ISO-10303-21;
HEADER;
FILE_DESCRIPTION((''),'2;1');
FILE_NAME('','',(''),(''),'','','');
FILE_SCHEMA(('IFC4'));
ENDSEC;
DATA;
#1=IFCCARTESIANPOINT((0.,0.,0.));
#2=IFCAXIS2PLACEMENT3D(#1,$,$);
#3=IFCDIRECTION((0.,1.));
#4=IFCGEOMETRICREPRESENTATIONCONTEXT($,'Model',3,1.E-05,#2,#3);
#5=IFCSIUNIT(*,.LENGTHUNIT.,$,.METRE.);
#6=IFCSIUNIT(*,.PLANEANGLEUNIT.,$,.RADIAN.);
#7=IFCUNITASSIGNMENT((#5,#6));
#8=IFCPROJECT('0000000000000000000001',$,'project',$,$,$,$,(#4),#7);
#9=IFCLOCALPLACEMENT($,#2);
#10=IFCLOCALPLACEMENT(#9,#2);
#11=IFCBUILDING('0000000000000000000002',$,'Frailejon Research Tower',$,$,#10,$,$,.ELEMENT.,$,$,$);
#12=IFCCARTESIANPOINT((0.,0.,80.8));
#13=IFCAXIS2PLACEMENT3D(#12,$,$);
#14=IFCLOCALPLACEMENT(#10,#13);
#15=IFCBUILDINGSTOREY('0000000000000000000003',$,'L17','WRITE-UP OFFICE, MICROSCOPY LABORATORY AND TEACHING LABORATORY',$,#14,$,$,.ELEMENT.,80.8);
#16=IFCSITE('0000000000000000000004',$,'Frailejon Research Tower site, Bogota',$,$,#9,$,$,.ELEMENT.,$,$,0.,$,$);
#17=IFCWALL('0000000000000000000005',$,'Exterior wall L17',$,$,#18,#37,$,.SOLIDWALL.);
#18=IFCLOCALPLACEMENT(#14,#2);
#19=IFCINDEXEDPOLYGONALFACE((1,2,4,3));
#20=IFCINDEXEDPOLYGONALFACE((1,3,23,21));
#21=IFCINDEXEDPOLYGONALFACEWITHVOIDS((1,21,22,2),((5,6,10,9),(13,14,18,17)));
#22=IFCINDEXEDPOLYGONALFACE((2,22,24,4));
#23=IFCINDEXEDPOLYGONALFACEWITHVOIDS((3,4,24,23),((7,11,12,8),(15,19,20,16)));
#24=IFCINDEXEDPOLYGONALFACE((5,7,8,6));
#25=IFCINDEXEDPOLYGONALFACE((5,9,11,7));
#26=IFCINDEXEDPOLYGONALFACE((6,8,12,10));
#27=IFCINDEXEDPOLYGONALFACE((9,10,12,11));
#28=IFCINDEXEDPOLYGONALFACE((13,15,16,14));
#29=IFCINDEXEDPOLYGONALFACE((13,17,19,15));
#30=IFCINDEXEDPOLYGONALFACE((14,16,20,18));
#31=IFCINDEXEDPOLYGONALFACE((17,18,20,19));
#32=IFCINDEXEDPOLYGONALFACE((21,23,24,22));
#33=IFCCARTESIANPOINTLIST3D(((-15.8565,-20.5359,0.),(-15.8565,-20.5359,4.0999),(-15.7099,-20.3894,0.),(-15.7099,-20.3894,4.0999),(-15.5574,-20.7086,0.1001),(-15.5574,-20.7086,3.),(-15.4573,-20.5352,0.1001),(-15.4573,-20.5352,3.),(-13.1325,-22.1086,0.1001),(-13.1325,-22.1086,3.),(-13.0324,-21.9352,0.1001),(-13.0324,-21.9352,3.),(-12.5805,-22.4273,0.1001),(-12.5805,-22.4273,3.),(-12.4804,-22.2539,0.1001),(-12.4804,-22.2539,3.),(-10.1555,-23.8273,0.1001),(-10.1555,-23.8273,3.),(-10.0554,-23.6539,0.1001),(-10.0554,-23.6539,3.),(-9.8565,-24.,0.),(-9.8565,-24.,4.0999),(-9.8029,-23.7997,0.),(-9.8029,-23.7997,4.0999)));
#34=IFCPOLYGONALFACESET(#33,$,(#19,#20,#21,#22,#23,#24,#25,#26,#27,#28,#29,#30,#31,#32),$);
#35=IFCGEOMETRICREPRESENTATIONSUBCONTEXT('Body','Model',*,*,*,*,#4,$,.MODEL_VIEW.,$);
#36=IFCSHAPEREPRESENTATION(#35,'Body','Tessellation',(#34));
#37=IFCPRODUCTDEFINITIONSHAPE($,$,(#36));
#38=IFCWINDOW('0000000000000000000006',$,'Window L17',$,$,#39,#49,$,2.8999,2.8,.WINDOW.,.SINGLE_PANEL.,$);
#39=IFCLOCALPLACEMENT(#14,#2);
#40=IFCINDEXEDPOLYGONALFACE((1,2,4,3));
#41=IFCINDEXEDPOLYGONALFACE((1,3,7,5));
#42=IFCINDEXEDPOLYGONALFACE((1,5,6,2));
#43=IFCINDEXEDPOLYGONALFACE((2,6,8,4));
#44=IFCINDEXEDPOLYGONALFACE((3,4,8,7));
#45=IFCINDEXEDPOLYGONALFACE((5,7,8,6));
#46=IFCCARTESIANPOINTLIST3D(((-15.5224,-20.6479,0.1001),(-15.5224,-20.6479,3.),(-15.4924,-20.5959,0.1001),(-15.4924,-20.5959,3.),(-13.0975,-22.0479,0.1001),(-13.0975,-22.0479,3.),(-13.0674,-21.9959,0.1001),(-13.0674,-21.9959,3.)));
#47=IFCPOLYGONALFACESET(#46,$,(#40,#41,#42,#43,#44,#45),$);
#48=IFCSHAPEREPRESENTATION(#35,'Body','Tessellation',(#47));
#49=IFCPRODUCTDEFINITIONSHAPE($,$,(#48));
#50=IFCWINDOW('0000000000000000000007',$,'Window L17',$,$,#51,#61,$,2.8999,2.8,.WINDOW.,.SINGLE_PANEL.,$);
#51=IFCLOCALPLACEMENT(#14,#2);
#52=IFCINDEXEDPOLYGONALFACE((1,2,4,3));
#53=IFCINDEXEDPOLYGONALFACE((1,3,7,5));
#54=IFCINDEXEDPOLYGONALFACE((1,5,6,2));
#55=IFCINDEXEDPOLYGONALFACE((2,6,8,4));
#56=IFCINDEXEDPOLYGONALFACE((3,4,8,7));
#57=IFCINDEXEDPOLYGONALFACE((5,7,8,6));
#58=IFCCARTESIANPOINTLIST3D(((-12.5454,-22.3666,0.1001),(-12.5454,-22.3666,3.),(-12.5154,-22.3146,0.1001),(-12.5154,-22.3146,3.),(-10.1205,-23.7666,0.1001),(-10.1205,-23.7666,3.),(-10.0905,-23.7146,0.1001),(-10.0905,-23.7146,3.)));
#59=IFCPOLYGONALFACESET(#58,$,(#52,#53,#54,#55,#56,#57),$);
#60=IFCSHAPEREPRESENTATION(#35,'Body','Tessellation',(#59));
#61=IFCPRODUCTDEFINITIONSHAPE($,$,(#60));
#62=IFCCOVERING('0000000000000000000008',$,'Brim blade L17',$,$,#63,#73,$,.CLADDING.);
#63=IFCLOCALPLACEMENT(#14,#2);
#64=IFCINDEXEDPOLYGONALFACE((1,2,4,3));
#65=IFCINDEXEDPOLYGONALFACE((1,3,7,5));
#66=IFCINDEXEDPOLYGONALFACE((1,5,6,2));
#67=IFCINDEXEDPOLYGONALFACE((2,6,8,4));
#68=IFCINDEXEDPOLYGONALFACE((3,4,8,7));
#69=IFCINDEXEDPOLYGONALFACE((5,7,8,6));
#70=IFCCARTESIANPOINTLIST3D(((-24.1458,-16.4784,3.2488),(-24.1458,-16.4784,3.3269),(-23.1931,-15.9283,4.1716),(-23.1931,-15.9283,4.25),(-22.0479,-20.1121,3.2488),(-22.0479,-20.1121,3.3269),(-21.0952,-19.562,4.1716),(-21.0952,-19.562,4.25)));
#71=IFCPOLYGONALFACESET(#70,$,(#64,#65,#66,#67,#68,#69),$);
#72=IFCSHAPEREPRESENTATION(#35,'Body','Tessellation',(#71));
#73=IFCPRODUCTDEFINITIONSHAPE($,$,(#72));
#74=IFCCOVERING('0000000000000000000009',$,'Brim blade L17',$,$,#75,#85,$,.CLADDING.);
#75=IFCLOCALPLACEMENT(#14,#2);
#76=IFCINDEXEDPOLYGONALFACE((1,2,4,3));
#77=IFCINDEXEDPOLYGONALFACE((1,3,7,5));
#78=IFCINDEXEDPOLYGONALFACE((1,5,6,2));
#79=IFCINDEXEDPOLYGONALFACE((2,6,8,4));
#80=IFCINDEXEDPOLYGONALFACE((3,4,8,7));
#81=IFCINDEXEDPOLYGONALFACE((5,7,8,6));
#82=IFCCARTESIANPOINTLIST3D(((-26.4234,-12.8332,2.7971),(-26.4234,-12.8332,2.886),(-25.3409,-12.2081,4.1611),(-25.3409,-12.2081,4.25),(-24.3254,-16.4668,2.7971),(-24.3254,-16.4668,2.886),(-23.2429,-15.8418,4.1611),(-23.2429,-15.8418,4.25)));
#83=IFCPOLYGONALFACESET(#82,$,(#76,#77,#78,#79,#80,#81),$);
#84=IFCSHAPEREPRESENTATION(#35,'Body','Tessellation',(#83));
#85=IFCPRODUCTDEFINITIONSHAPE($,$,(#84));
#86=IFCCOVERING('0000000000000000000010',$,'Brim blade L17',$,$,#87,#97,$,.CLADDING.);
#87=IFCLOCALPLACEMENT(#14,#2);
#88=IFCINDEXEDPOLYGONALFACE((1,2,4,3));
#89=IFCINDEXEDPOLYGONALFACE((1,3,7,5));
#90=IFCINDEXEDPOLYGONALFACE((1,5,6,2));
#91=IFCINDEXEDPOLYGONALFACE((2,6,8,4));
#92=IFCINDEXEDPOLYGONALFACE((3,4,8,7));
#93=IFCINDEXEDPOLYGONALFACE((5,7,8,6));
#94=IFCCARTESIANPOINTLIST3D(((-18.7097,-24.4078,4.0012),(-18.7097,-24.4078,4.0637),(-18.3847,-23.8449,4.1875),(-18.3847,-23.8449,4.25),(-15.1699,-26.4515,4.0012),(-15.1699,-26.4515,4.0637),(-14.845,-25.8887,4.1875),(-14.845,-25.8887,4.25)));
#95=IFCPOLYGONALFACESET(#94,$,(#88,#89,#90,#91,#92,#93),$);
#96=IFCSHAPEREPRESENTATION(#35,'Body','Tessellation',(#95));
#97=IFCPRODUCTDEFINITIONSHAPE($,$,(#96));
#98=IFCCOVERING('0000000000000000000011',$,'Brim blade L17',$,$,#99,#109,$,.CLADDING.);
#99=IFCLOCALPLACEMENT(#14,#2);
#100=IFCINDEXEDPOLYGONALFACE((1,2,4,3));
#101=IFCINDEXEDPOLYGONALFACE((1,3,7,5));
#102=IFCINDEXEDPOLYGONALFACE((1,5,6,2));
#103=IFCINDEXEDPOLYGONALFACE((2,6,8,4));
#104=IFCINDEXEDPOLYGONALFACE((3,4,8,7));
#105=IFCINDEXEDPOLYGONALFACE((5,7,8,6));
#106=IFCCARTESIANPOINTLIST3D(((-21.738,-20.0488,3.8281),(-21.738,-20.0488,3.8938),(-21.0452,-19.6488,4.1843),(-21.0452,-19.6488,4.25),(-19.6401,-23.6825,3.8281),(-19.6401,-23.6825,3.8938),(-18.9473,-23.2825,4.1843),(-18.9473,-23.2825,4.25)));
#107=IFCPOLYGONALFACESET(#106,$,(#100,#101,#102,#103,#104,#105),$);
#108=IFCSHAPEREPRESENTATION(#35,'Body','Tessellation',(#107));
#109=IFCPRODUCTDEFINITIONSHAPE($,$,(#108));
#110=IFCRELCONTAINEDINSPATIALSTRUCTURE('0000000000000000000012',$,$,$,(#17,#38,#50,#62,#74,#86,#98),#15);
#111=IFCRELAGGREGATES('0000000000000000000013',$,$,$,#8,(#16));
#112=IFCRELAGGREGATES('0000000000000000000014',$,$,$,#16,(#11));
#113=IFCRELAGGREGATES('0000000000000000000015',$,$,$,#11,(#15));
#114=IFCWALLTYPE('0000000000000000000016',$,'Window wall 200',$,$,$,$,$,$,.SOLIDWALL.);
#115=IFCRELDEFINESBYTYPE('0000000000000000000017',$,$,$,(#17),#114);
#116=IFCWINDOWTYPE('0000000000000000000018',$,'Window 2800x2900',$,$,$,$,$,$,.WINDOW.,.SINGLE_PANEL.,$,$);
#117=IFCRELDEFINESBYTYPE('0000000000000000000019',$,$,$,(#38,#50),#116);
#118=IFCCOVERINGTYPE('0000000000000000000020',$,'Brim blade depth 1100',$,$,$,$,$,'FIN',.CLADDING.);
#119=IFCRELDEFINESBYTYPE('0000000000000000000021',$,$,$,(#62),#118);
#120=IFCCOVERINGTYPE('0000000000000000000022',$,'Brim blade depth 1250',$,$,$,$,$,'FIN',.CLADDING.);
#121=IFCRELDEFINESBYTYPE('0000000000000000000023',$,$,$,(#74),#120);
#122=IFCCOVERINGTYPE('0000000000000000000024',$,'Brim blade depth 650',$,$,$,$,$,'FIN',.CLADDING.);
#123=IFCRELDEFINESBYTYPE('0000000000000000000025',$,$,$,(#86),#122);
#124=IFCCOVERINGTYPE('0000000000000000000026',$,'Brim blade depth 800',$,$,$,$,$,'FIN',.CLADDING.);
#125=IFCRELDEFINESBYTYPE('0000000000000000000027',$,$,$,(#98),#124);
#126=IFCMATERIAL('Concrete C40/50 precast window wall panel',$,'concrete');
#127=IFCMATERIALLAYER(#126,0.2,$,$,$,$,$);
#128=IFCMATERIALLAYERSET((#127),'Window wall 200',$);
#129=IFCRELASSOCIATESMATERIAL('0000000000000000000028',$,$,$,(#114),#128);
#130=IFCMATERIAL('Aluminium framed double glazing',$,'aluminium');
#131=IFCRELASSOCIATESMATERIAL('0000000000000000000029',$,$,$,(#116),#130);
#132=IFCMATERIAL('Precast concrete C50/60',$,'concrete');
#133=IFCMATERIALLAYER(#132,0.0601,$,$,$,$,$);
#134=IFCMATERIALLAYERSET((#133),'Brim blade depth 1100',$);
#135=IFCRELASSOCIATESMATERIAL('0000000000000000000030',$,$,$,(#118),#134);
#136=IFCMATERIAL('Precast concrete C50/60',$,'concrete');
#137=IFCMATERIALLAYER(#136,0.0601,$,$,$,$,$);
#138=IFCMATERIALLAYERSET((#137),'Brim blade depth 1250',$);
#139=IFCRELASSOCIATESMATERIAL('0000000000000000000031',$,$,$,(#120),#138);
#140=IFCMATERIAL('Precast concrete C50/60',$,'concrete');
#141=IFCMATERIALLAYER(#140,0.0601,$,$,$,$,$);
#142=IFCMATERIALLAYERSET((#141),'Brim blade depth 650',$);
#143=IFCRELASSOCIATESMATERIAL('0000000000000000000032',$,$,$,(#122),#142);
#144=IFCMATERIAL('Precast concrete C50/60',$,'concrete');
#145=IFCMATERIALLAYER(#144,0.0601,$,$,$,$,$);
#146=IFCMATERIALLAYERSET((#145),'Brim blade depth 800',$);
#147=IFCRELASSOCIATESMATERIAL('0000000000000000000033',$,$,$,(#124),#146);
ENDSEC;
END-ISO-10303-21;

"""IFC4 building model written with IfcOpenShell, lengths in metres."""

from ifc_helpers import new_model, si_unit, direction, frame, frame_2d, origin, place, context, subcontext, project, spatial, polyline, rectangle, outline, extrude, material, layer, layer_set, type_object, element, fill, save


model = new_model("IFC4")

# Units and contexts
model_context = context("Model", 3, precision=1e-05, world=origin(), true_north=direction((0.0, 1.0)))
body_context = subcontext(model_context, "Body", "Model", "MODEL_VIEW")
ifc_project = project(units=[si_unit("LENGTHUNIT", "METRE"), si_unit("PLANEANGLEUNIT", "RADIAN")], contexts=[model_context])

# Site, building, storey
site_placement = place(None, origin())
site = spatial("IfcSite", under=ifc_project, at=site_placement, Name="Frailejon Research Tower site, Bogota", CompositionType="ELEMENT", RefElevation=0.0)
building_placement = place(site_placement, origin())
building = spatial("IfcBuilding", under=site, at=building_placement, Name="Frailejon Research Tower", CompositionType="ELEMENT")
storey_placement = place(building_placement, frame((0.0, 0.0, 80.8)))
storey = spatial("IfcBuildingStorey", under=building, at=storey_placement, Name="L17", Description="WRITE-UP OFFICE, MICROSCOPY LABORATORY AND TEACHING LABORATORY", CompositionType="ELEMENT", Elevation=80.8)

# Wall, openings, windows
ifc_material_1 = material(Name="Concrete C40/50 precast window wall panel", Category="concrete")
ifc_layer_1 = layer(ifc_material_1, 0.2)
ifc_layer_set_1 = layer_set([ifc_layer_1], Name="Window wall 200")
wall_type_1 = type_object("IfcWallType", Name="Window wall 200", PredefinedType="SOLIDWALL", material=ifc_layer_set_1)
wall_1_placement = place(storey_placement, frame((-15.7832, -20.4626, 0.0), z_axis=(0.0, 0.0, 1.0), x_axis=(0.866029, -0.499993, 0.0)))
wall_1 = element("IfcWall", 1, at=wall_1_placement, inside=storey, type_object=wall_type_1, Name="Exterior wall L17", PredefinedType="SOLIDWALL", context=body_context, shape_type="SweptSolid", body=[
    extrude(outline(polyline([(-0.0269, -0.1001), (1.1279, -0.1001), (2.2825, -0.1001), (3.4373, -0.1001), (4.592, -0.1001), (5.7466, -0.1001), (6.9014, -0.1001), (6.8477, 0.1001), (5.7109, 0.1001), (4.574, 0.1001), (3.4373, 0.1001), (2.3005, 0.1001), (1.1636, 0.1001), (0.0269, 0.1001), (-0.0269, -0.1001)])), origin(), (0.0, 0.0, 1.0), 4.0999),
])
opening_1_placement = place(wall_1_placement, frame((0.3186, 0.0, 0.1001)))
opening_1 = element("IfcOpeningElement", 2, at=opening_1_placement, cuts=wall_1, PredefinedType="OPENING", context=body_context, shape_type="SweptSolid", body=[
    extrude(rectangle(XDim=2.8, YDim=2.8999, at=frame_2d((1.3999, 1.45))), frame((0.0, 0.1099, 0.0), z_axis=(0.0, -1.0, 0.0), x_axis=(1.0, 0.0, 0.0)), (0.0, 0.0, 1.0), 0.22),
])
opening_2_placement = place(wall_1_placement, frame((3.7561, 0.0, 0.1001)))
opening_2 = element("IfcOpeningElement", 3, at=opening_2_placement, cuts=wall_1, PredefinedType="OPENING", context=body_context, shape_type="SweptSolid", body=[
    extrude(rectangle(XDim=2.8, YDim=2.8999, at=frame_2d((1.3999, 1.45))), frame((0.0, 0.1099, 0.0), z_axis=(0.0, -1.0, 0.0), x_axis=(1.0, 0.0, 0.0)), (0.0, 0.0, 1.0), 0.22),
])
ifc_material_2 = material(Name="Aluminium framed double glazing", Category="aluminium")
window_type = type_object("IfcWindowType", Name="Window 2800x2900", PartitioningType="SINGLE_PANEL", PredefinedType="WINDOW", material=ifc_material_2)
window_1_placement = place(opening_1_placement, origin())
window_1 = element("IfcWindow", 4, at=window_1_placement, inside=storey, type_object=window_type, Name="Window L17", OverallHeight=2.8999, OverallWidth=2.8, PartitioningType="SINGLE_PANEL", PredefinedType="WINDOW", context=body_context, shape_type="SweptSolid", body=[
    extrude(rectangle(XDim=2.8, YDim=2.8999, at=frame_2d((1.3999, 1.45))), frame((0.0, 0.03, 0.0), z_axis=(0.0, -1.0, 0.0), x_axis=(1.0, 0.0, 0.0)), (0.0, 0.0, 1.0), 0.0601),
])
fill(opening_1, window_1)
window_2_placement = place(opening_2_placement, origin())
window_2 = element("IfcWindow", 5, at=window_2_placement, inside=storey, type_object=window_type, Name="Window L17", OverallHeight=2.8999, OverallWidth=2.8, PartitioningType="SINGLE_PANEL", PredefinedType="WINDOW", context=body_context, shape_type="SweptSolid", body=[
    extrude(rectangle(XDim=2.8, YDim=2.8999, at=frame_2d((1.3999, 1.45))), frame((0.0, 0.03, 0.0), z_axis=(0.0, -1.0, 0.0), x_axis=(1.0, 0.0, 0.0)), (0.0, 0.0, 1.0), 0.0601),
])
fill(opening_2, window_2)

# Coverings
ifc_material_3 = material(Name="Precast concrete C50/60", Category="concrete")
ifc_layer_2 = layer(ifc_material_3, 0.0601)
ifc_layer_set_2 = layer_set([ifc_layer_2], Name="Brim blade depth 1100")
covering_type_1 = type_object("IfcCoveringType", Name="Brim blade depth 1100", ElementType="FIN", PredefinedType="CLADDING", material=ifc_layer_set_2)
covering_1_placement = place(storey_placement, frame((-21.0952, -19.562, 4.25), z_axis=(-0.499997, 0.866027, 0.0), x_axis=(-0.866027, -0.499997, 0.0)))
element("IfcCovering", 6, at=covering_1_placement, inside=storey, type_object=covering_type_1, Name="Brim blade L17", PredefinedType="CLADDING", context=body_context, shape_type="SweptSolid", body=[
    extrude(outline(polyline([(0.0, -0.0784), (1.1001, -1.0012), (1.1001, -0.9231), (0.0, 0.0), (0.0, -0.0784)])), origin(), (0.0, 0.0, 1.0), 4.1958),
])
ifc_material_4 = material(Name="Precast concrete C50/60", Category="concrete")
ifc_layer_3 = layer(ifc_material_4, 0.0601)
ifc_layer_set_3 = layer_set([ifc_layer_3], Name="Brim blade depth 1250")
covering_type_2 = type_object("IfcCoveringType", Name="Brim blade depth 1250", ElementType="FIN", PredefinedType="CLADDING", material=ifc_layer_set_3)
covering_2_placement = place(storey_placement, frame((-23.2429, -15.8418, 4.25), z_axis=(-0.500007, 0.866021, 0.0), x_axis=(-0.866021, -0.500007, 0.0)))
element("IfcCovering", 7, at=covering_2_placement, inside=storey, type_object=covering_type_2, Name="Brim blade L17", PredefinedType="CLADDING", context=body_context, shape_type="SweptSolid", body=[
    extrude(outline(polyline([(0.0, -0.0889), (1.25, -1.4529), (1.25, -1.364), (0.0, 0.0), (0.0, -0.0889)])), origin(), (0.0, 0.0, 1.0), 4.1958),
])
ifc_material_5 = material(Name="Precast concrete C50/60", Category="concrete")
ifc_layer_4 = layer(ifc_material_5, 0.0601)
ifc_layer_set_4 = layer_set([ifc_layer_4], Name="Brim blade depth 650")
covering_type_3 = type_object("IfcCoveringType", Name="Brim blade depth 650", ElementType="FIN", PredefinedType="CLADDING", material=ifc_layer_set_4)
covering_3_placement = place(storey_placement, frame((-14.845, -25.8887, 4.25), z_axis=(-0.866021, 0.500007, 0.0), x_axis=(-0.500007, -0.866021, 0.0)))
element("IfcCovering", 8, at=covering_3_placement, inside=storey, type_object=covering_type_3, Name="Brim blade L17", PredefinedType="CLADDING", context=body_context, shape_type="SweptSolid", body=[
    extrude(outline(polyline([(0.0, -0.0625), (0.6499, -0.2488), (0.6499, -0.1863), (0.0, 0.0), (0.0, -0.0625)])), origin(), (0.0, 0.0, 1.0), 4.0874),
])
ifc_material_6 = material(Name="Precast concrete C50/60", Category="concrete")
ifc_layer_5 = layer(ifc_material_6, 0.0601)
ifc_layer_set_5 = layer_set([ifc_layer_5], Name="Brim blade depth 800")
covering_type_4 = type_object("IfcCoveringType", Name="Brim blade depth 800", ElementType="FIN", PredefinedType="CLADDING", material=ifc_layer_set_5)
covering_4_placement = place(storey_placement, frame((-18.9473, -23.2825, 4.25), z_axis=(-0.499997, 0.866027, 0.0), x_axis=(-0.866027, -0.499997, 0.0)))
element("IfcCovering", 9, at=covering_4_placement, inside=storey, type_object=covering_type_4, Name="Brim blade L17", PredefinedType="CLADDING", context=body_context, shape_type="SweptSolid", body=[
    extrude(outline(polyline([(0.0, -0.0657), (0.8, -0.4219), (0.8, -0.3562), (0.0, 0.0), (0.0, -0.0657)])), origin(), (0.0, 0.0, 1.0), 4.1958),
])

save(model, "model.ifc")
